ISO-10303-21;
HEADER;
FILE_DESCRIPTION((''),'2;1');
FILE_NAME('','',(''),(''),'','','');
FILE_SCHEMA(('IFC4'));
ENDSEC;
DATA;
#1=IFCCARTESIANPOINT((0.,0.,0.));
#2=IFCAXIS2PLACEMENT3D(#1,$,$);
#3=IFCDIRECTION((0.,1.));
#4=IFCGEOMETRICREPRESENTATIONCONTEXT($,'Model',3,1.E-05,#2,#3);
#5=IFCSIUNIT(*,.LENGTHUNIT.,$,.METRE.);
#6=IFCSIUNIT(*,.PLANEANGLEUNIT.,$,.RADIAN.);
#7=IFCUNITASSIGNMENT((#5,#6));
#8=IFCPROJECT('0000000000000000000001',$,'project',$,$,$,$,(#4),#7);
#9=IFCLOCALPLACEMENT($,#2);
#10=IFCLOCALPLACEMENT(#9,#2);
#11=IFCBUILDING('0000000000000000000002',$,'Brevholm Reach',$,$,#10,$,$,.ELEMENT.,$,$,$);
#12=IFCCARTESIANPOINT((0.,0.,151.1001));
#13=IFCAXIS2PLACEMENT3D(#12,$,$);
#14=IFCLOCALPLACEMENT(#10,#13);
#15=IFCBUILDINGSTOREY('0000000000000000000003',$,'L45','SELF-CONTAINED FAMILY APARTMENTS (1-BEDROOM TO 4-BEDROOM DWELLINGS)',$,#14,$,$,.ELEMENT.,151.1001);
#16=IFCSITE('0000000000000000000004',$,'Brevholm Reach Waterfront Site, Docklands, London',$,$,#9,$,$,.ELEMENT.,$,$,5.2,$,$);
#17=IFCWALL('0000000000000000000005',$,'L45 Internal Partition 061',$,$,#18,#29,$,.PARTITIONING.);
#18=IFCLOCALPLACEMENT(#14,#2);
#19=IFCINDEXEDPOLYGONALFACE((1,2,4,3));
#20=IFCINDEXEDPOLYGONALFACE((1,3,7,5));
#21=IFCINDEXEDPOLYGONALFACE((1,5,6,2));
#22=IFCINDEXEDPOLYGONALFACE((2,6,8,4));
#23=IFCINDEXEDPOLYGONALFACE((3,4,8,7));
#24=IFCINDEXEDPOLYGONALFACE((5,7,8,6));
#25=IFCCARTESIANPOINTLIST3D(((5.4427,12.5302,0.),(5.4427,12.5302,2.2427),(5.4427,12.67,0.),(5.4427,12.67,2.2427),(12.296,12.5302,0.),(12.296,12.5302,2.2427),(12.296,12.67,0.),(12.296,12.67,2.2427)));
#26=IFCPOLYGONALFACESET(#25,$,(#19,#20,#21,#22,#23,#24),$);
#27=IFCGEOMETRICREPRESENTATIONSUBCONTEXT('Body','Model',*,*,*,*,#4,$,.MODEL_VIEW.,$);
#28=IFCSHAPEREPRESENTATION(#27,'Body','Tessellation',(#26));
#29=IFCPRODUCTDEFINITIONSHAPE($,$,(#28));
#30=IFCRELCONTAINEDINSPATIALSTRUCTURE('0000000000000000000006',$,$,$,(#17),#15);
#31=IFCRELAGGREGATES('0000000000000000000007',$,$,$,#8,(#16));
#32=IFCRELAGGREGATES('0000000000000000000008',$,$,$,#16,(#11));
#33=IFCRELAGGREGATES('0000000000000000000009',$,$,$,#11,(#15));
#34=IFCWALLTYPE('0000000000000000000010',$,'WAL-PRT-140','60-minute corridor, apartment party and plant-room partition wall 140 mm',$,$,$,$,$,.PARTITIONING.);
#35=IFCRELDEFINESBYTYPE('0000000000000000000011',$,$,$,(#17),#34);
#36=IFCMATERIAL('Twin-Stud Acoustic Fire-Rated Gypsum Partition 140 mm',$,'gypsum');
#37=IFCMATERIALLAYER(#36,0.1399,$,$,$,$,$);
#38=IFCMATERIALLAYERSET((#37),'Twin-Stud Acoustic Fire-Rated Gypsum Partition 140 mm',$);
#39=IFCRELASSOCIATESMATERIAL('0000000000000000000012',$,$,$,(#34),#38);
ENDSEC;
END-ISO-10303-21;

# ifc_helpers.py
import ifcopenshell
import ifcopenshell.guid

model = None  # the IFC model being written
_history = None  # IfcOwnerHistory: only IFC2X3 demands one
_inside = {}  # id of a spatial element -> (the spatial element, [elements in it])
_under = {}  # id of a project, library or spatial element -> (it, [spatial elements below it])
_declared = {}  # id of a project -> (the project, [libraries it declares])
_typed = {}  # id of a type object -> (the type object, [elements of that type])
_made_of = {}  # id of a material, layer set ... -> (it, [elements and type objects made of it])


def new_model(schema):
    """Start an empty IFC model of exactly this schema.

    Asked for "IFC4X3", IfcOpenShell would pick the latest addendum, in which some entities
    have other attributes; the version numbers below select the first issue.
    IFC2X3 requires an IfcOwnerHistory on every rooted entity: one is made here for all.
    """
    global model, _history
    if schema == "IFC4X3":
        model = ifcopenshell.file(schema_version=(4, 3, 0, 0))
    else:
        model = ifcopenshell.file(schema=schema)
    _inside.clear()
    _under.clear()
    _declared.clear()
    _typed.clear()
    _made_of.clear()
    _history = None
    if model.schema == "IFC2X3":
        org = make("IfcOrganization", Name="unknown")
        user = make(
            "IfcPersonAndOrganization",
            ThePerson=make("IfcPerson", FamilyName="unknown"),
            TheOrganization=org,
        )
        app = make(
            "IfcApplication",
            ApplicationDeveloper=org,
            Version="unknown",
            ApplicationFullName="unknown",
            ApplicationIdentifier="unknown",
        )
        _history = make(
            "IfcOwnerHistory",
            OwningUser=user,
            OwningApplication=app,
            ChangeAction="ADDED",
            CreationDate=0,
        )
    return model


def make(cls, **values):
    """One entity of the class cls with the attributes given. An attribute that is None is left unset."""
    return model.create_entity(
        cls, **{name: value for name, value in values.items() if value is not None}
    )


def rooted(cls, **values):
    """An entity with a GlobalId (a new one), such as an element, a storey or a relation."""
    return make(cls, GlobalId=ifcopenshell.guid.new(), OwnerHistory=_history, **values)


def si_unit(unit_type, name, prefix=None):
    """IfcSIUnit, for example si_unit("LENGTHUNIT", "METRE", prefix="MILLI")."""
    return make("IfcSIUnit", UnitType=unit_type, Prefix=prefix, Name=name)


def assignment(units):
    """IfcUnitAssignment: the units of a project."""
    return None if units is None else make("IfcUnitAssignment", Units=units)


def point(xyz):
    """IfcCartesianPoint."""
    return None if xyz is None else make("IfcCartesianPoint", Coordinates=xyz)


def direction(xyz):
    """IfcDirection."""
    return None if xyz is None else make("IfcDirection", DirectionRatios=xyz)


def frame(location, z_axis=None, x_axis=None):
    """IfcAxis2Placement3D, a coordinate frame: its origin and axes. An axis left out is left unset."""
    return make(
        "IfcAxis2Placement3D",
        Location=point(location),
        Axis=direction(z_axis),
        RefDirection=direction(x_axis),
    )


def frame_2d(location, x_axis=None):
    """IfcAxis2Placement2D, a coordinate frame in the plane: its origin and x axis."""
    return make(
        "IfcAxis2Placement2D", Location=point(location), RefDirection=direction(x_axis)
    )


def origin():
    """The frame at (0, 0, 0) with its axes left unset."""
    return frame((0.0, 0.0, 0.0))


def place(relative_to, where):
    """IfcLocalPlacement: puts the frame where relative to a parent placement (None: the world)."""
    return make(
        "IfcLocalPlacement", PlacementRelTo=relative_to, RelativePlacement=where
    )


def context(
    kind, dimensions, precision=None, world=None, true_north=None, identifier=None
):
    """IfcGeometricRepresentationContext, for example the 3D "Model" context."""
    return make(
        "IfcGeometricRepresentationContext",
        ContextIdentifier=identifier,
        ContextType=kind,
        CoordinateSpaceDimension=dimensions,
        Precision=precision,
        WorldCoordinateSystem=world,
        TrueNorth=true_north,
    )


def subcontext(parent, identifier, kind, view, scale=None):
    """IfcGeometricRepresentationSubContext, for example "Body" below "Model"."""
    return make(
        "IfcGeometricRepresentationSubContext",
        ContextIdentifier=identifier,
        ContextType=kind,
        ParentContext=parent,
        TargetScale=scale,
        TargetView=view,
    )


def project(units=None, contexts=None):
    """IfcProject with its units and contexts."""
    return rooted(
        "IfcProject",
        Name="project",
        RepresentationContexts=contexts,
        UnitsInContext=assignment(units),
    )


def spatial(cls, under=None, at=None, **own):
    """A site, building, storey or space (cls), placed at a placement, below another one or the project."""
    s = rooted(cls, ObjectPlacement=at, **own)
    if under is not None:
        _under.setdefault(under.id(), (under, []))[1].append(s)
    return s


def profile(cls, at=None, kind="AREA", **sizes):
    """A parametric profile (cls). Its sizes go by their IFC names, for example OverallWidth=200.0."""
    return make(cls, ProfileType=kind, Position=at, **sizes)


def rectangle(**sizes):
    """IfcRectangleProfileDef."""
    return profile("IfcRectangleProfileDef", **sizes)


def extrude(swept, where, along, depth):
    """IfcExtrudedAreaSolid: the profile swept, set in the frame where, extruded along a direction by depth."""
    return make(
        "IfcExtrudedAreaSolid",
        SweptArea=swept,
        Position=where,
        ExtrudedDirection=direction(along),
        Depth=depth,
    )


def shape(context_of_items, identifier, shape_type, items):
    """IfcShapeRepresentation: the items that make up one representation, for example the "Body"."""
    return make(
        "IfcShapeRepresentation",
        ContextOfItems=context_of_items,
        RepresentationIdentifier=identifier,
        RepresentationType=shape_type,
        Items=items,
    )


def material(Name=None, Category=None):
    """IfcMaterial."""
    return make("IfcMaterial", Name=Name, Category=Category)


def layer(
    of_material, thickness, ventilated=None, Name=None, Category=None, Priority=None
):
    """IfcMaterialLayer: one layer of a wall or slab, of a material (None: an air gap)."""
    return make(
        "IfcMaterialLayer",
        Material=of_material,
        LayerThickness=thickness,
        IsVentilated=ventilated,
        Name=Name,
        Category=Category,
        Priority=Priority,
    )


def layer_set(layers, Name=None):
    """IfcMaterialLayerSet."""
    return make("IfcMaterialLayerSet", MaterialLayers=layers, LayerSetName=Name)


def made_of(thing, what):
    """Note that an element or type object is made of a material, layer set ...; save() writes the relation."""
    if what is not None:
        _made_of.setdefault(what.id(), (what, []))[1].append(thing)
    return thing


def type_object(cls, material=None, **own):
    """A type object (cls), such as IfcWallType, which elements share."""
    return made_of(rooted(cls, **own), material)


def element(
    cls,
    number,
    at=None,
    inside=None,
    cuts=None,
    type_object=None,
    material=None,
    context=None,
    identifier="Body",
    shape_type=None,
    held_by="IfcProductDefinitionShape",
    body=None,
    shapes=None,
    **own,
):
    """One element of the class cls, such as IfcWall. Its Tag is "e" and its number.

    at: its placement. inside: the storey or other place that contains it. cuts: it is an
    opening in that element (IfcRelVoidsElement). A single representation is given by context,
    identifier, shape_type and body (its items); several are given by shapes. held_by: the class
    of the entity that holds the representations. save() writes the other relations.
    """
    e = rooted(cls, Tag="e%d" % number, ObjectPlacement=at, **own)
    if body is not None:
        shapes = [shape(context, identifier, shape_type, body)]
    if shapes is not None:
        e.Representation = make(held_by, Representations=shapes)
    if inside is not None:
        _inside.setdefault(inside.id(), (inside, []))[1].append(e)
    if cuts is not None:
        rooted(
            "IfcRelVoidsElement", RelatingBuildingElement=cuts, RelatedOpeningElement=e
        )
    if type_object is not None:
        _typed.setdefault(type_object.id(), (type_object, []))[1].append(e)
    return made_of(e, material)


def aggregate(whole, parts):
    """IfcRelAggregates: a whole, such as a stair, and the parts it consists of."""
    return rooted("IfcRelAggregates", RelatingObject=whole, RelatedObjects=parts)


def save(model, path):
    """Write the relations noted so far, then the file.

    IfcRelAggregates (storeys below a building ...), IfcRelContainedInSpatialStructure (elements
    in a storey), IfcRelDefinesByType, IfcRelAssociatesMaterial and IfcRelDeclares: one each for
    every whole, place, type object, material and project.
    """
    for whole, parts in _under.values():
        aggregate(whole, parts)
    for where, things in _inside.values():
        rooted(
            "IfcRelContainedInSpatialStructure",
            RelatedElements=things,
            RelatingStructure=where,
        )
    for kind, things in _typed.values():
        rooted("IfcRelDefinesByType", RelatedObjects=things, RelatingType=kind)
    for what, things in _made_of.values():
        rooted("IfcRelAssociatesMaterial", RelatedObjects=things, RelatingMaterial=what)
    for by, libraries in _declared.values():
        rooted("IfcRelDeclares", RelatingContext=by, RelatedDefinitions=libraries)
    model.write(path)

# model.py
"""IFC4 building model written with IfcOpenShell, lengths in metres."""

from ifc_helpers import new_model, si_unit, direction, frame, frame_2d, origin, place, context, subcontext, project, spatial, rectangle, extrude, material, layer, layer_set, type_object, element, save


model = new_model("IFC4")

# Units and contexts
model_context = context("Model", 3, precision=1e-05, world=origin(), true_north=direction((0.0, 1.0)))
body_context = subcontext(model_context, "Body", "Model", "MODEL_VIEW")
ifc_project = project(units=[si_unit("LENGTHUNIT", "METRE"), si_unit("PLANEANGLEUNIT", "RADIAN")], contexts=[model_context])

# Site, building, storey
site_placement = place(None, origin())
site = spatial("IfcSite", under=ifc_project, at=site_placement, Name="Brevholm Reach Waterfront Site, Docklands, London", CompositionType="ELEMENT", RefElevation=5.2)
building_placement = place(site_placement, origin())
building = spatial("IfcBuilding", under=site, at=building_placement, Name="Brevholm Reach", CompositionType="ELEMENT")
storey_placement = place(building_placement, frame((0.0, 0.0, 151.1001)))
storey = spatial("IfcBuildingStorey", under=building, at=storey_placement, Name="L45", Description="SELF-CONTAINED FAMILY APARTMENTS (1-BEDROOM TO 4-BEDROOM DWELLINGS)", CompositionType="ELEMENT", Elevation=151.1001)

# Shared definitions
ifc_material_1 = material(Name="Twin-Stud Acoustic Fire-Rated Gypsum Partition 140 mm", Category="gypsum")
ifc_layer_1 = layer(ifc_material_1, 0.1399)
ifc_layer_set_1 = layer_set([ifc_layer_1], Name="Twin-Stud Acoustic Fire-Rated Gypsum Partition 140 mm")
wall_type_1 = type_object("IfcWallType", Name="WAL-PRT-140", Description="60-minute corridor, apartment party and plant-room partition wall 140 mm", PredefinedType="PARTITIONING", material=ifc_layer_set_1)

# Wall
wall_1_placement = place(storey_placement, frame((5.4426, 12.6001, 0.0), z_axis=(0.0, 0.0, 1.0), x_axis=(1.0, 0.0, 0.0)))
element("IfcWall", 1, at=wall_1_placement, inside=storey, type_object=wall_type_1, Name="L45 Internal Partition 061", PredefinedType="PARTITIONING", context=body_context, shape_type="SweptSolid", body=[
    extrude(rectangle(XDim=6.8533, YDim=0.1399, at=frame_2d((3.4268, 0.0))), origin(), (0.0, 0.0, 1.0), 2.2427),
])

save(model, "model.ifc")
